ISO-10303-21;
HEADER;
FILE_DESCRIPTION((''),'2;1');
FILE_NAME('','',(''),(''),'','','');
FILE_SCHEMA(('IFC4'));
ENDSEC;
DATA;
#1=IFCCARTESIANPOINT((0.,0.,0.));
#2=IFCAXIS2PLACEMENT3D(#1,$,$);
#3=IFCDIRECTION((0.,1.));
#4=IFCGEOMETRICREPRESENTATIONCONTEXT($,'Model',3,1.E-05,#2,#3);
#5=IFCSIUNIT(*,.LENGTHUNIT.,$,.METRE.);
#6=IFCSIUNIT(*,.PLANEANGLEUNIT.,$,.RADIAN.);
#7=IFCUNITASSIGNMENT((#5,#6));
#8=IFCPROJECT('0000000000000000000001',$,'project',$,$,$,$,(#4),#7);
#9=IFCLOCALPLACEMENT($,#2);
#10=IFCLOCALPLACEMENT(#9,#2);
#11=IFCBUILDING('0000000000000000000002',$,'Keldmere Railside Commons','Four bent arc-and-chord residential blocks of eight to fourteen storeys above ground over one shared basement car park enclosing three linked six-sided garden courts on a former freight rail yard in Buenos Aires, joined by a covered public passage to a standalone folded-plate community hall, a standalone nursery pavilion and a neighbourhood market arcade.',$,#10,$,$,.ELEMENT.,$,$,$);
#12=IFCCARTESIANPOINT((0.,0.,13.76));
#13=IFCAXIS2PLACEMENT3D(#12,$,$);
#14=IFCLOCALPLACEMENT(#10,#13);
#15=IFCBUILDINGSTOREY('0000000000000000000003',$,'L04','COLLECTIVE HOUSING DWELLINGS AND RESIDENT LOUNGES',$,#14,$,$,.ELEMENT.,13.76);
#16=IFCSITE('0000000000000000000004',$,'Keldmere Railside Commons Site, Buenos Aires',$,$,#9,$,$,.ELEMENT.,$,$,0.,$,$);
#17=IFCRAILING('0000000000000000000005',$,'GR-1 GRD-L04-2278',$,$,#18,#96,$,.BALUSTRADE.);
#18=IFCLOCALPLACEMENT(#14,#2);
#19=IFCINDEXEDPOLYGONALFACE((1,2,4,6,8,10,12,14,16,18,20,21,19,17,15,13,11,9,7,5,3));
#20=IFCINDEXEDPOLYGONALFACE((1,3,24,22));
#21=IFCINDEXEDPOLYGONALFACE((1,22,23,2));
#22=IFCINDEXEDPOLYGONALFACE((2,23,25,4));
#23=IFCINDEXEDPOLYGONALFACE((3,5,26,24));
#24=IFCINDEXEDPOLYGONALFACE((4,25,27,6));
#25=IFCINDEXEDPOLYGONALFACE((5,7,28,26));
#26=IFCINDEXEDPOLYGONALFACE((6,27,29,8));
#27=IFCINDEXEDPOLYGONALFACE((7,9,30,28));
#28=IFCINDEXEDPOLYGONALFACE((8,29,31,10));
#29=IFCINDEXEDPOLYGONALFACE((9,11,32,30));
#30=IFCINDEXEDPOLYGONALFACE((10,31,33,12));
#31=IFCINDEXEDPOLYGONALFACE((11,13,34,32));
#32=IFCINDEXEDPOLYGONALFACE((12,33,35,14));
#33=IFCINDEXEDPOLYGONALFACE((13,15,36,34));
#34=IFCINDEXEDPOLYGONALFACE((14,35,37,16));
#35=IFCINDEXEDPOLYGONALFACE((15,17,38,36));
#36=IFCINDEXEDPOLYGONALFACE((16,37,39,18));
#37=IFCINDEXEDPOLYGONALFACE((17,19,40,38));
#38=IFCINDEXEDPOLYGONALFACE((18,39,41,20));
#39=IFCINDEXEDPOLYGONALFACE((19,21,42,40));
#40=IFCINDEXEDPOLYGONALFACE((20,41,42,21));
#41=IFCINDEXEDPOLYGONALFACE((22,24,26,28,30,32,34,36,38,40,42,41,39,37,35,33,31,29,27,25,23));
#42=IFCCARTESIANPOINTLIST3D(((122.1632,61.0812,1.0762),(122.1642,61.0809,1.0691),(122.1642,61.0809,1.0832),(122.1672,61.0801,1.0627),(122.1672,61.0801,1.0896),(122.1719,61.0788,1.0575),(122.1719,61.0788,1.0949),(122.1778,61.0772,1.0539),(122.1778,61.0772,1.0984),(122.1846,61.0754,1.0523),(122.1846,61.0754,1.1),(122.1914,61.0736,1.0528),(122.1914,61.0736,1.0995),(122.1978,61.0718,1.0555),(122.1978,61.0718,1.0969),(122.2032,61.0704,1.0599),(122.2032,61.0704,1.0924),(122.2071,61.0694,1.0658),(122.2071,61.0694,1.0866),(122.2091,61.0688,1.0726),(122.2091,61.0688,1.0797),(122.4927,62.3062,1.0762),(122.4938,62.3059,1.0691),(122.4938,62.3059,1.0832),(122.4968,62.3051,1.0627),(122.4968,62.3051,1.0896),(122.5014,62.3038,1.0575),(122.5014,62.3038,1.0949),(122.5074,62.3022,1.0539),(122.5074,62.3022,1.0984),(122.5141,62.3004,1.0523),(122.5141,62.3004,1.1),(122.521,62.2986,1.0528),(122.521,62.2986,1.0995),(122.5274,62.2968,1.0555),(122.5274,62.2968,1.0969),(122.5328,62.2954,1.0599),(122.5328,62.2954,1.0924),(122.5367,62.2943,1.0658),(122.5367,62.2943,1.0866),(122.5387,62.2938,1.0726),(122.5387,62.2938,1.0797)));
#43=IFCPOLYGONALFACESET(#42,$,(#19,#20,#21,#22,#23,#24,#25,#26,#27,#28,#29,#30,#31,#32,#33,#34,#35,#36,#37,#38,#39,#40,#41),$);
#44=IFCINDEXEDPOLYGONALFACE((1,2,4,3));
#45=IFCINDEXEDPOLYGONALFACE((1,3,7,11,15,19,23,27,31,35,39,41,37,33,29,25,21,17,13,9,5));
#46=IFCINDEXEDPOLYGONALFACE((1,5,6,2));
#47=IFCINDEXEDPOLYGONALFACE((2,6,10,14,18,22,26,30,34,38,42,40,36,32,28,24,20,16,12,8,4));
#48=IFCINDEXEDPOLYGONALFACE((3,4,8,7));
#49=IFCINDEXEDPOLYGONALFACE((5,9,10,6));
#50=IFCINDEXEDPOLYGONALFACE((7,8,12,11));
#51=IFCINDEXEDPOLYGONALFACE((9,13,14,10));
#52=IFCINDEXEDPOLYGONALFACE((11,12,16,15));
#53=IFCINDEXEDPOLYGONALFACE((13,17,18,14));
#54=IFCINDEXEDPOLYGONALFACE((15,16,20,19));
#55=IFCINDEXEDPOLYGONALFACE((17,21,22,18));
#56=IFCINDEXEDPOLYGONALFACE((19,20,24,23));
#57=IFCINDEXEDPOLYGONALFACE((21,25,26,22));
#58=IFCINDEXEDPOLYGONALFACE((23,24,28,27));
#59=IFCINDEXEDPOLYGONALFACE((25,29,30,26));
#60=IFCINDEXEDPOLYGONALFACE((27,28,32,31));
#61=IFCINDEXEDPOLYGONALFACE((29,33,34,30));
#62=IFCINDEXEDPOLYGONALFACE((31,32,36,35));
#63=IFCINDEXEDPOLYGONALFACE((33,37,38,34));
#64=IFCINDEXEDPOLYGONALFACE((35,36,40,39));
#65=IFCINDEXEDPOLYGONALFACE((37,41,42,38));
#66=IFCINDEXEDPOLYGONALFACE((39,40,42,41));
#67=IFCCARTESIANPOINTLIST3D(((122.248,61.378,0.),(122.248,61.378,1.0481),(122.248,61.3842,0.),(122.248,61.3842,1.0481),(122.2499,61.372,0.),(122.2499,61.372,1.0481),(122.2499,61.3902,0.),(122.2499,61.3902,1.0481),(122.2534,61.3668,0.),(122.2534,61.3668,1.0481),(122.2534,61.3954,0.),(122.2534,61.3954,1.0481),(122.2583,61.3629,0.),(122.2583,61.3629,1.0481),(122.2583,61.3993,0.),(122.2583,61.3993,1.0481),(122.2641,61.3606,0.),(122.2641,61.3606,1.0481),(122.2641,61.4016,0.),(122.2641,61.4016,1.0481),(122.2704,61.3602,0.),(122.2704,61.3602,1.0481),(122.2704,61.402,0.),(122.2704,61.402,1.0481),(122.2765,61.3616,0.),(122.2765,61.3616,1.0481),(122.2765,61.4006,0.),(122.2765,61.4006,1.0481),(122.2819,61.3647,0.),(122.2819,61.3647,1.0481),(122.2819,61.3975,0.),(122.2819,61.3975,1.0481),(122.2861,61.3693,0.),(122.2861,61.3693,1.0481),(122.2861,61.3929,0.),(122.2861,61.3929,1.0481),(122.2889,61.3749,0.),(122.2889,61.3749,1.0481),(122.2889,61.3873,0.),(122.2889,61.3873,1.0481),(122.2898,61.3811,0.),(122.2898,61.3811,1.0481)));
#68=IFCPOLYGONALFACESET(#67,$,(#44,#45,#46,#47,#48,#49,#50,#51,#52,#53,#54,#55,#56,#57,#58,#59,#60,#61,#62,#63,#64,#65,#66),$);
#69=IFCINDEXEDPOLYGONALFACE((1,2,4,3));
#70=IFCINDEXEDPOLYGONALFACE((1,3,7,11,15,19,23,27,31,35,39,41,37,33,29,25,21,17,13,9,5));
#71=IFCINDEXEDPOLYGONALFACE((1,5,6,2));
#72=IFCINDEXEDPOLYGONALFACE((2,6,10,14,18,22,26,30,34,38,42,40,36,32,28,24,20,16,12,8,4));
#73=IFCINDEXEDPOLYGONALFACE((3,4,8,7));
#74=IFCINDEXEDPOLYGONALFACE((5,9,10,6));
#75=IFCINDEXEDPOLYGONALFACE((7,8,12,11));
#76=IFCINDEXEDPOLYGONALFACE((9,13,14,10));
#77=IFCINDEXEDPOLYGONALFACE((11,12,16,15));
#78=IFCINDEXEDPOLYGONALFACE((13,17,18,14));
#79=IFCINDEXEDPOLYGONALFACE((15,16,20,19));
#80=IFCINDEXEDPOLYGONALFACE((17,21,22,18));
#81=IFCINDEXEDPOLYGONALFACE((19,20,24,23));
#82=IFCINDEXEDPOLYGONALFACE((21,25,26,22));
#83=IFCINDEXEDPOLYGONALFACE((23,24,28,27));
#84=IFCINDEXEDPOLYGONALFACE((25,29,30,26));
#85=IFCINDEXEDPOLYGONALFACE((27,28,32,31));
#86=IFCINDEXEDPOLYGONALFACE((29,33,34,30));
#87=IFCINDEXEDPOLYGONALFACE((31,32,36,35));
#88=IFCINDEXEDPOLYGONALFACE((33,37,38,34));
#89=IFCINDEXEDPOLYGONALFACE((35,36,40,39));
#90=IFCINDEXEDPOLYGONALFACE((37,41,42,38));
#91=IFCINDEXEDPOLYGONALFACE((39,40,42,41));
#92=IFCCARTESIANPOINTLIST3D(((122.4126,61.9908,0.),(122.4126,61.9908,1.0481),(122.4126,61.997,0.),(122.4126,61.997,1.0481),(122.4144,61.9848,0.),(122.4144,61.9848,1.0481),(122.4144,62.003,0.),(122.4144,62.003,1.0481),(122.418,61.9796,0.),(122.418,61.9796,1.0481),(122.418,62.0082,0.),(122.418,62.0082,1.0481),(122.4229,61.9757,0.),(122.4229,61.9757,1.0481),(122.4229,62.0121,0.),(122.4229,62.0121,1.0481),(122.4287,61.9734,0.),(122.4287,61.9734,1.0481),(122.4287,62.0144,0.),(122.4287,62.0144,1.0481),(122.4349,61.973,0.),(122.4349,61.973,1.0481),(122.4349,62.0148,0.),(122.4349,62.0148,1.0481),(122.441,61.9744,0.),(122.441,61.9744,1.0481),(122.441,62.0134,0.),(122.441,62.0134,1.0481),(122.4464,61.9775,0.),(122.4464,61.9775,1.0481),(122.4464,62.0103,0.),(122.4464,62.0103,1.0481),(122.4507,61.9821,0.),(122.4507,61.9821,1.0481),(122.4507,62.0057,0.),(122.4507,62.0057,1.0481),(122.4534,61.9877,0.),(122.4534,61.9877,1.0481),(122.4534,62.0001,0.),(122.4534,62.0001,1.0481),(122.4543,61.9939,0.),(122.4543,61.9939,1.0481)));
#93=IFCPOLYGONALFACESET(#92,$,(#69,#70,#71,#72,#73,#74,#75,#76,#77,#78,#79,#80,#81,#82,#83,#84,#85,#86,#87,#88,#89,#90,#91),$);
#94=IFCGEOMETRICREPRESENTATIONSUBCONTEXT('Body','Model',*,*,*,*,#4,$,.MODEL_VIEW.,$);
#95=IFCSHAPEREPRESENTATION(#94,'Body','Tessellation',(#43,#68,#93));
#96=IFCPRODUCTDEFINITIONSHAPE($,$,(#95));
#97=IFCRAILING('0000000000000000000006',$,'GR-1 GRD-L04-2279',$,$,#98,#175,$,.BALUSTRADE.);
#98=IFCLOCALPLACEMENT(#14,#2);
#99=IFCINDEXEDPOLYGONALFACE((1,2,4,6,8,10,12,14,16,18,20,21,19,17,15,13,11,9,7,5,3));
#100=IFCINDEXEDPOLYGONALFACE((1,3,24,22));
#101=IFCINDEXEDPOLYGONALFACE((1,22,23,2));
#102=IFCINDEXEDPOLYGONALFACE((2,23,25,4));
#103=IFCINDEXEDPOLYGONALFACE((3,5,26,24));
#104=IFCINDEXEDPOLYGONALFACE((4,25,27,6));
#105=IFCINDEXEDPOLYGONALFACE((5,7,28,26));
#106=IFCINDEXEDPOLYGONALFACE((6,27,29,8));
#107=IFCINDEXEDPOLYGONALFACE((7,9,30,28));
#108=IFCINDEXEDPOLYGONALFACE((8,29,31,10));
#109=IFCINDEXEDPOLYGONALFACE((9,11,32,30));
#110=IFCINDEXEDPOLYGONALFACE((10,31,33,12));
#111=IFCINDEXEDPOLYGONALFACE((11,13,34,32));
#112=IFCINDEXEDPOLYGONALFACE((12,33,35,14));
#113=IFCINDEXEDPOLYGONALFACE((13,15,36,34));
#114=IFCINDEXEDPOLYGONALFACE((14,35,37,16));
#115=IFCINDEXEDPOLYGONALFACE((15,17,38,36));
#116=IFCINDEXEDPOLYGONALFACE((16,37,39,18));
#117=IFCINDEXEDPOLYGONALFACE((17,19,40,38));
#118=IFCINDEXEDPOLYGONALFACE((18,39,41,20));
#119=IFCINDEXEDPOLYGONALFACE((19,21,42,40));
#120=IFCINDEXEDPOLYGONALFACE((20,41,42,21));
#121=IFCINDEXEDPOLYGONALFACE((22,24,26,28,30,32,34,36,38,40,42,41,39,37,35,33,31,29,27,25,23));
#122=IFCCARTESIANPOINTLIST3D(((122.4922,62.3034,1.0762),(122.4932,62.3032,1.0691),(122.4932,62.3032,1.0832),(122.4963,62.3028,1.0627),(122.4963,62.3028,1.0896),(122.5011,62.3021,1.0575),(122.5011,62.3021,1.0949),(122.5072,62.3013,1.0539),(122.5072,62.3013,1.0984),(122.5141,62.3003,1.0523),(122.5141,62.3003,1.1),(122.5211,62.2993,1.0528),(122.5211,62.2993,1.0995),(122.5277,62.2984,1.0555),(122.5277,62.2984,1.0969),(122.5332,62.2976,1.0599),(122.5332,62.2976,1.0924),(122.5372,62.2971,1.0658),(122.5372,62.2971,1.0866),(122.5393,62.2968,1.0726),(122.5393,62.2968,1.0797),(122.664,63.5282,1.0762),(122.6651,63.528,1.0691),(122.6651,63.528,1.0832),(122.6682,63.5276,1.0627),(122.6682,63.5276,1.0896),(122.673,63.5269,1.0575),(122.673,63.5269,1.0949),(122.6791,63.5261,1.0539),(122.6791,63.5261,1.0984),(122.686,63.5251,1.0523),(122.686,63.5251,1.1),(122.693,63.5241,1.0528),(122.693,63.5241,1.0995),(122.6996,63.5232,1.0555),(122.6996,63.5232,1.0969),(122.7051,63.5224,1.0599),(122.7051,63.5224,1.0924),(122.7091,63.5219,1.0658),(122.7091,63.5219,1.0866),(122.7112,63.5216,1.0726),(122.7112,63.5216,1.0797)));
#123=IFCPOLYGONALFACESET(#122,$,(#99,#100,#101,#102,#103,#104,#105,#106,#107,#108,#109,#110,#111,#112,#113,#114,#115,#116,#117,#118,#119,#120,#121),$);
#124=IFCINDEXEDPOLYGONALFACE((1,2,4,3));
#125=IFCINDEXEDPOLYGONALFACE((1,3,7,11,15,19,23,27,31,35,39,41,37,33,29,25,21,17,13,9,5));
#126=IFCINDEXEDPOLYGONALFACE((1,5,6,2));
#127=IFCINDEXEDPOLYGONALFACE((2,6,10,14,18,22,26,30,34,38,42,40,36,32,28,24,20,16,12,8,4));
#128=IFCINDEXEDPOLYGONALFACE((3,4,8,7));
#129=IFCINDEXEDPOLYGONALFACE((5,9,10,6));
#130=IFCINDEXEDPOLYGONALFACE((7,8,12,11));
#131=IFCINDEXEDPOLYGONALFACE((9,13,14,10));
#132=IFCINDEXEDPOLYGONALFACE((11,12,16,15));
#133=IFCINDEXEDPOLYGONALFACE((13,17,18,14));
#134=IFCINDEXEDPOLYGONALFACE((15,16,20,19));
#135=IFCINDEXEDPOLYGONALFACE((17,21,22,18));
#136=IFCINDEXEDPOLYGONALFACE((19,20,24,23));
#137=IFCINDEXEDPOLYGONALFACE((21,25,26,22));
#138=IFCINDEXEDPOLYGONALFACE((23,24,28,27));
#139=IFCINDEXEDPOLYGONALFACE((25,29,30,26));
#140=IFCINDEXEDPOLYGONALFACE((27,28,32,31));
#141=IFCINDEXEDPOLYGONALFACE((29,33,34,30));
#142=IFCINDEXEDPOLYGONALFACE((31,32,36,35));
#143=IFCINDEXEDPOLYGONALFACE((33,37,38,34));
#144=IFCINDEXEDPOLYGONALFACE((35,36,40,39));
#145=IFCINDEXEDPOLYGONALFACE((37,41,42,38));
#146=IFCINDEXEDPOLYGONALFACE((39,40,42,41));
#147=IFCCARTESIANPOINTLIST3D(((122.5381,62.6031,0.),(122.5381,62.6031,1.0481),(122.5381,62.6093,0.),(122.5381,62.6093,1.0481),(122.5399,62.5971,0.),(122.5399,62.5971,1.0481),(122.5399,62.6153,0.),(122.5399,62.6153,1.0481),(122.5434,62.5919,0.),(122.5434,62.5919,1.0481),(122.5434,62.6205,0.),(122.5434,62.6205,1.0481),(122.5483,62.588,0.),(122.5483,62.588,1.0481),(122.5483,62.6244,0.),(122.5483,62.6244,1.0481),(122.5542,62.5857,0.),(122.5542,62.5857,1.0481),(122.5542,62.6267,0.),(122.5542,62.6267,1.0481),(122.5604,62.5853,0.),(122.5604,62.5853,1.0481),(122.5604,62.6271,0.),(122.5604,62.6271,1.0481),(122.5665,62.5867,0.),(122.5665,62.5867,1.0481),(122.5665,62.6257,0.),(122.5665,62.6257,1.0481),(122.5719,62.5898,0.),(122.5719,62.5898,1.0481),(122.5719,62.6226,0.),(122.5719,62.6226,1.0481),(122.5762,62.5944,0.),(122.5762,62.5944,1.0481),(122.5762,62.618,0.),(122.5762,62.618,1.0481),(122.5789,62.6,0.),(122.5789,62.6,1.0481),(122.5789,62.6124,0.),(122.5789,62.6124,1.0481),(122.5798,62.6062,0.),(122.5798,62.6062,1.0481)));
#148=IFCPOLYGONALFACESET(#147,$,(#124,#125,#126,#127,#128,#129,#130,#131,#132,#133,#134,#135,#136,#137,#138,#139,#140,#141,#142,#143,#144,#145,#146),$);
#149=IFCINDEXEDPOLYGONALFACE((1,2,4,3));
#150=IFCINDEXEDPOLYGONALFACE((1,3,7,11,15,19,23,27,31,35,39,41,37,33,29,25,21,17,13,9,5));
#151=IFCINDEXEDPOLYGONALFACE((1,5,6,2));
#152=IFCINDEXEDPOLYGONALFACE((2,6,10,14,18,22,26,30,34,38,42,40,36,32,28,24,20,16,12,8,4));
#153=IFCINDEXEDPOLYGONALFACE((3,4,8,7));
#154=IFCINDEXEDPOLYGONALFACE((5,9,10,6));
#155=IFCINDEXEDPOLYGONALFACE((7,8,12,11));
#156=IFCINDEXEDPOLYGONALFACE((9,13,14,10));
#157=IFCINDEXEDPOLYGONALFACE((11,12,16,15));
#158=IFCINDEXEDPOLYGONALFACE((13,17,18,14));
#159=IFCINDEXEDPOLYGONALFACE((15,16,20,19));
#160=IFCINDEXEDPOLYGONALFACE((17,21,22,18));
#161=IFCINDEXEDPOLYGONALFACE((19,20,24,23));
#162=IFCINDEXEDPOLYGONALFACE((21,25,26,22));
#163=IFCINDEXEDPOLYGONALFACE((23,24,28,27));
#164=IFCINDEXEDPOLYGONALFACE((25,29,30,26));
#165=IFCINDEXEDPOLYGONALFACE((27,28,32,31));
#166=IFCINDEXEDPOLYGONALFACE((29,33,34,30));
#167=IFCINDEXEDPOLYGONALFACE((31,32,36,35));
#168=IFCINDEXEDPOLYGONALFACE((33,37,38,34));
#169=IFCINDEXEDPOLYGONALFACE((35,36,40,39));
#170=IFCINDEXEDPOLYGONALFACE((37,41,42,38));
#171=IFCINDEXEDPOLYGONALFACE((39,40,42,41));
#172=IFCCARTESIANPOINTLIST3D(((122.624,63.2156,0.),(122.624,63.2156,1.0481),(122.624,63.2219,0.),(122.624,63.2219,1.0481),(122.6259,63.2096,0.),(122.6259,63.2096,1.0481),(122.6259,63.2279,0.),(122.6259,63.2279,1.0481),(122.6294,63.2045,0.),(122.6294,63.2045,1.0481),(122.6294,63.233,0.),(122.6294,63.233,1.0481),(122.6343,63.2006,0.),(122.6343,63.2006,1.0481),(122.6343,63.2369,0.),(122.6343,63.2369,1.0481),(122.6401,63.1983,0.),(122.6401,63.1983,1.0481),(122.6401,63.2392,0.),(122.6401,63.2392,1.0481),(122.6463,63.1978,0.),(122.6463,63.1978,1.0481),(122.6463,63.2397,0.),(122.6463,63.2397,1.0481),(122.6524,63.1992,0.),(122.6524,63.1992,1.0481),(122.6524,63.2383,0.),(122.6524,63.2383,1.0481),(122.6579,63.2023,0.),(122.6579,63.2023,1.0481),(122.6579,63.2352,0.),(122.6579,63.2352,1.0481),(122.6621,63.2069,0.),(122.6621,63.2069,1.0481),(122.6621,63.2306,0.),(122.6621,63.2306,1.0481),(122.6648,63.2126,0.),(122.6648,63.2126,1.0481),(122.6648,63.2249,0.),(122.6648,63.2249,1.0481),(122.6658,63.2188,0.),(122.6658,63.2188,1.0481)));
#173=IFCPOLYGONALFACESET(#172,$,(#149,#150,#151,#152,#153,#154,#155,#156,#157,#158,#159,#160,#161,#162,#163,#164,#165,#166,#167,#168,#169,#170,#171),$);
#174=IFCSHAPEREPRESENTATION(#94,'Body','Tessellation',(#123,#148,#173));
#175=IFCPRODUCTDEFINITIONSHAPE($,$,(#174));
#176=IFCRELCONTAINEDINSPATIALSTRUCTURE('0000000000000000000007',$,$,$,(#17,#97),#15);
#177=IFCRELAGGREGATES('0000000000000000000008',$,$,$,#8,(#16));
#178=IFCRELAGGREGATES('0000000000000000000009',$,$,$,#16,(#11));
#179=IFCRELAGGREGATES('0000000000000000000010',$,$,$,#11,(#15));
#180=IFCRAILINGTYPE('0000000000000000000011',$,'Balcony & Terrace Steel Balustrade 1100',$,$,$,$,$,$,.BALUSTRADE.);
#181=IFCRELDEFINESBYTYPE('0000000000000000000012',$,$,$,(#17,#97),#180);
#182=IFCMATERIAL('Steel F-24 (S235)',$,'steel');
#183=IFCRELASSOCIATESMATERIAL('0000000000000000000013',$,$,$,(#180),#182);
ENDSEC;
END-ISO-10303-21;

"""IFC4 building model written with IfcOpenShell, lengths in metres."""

from ifc_helpers import new_model, si_unit, direction, frame, origin, origin_2d, place, context, subcontext, project, spatial, circle, extrude, material, type_object, element, save


model = new_model("IFC4")

# Units and contexts
model_context = context("Model", 3, precision=1e-05, world=origin(), true_north=direction((0.0, 1.0)))
body_context = subcontext(model_context, "Body", "Model", "MODEL_VIEW")
ifc_project = project(units=[si_unit("LENGTHUNIT", "METRE"), si_unit("PLANEANGLEUNIT", "RADIAN")], contexts=[model_context])

# Site, building, storey
site_placement = place(None, origin())
site = spatial("IfcSite", under=ifc_project, at=site_placement, Name="Keldmere Railside Commons Site, Buenos Aires", CompositionType="ELEMENT", RefElevation=0.0)
building_placement = place(site_placement, origin())
building = spatial("IfcBuilding", under=site, at=building_placement, Name="Keldmere Railside Commons", Description="Four bent arc-and-chord residential blocks of eight to fourteen storeys above ground over one shared basement car park enclosing three linked six-sided garden courts on a former freight rail yard in Buenos Aires, joined by a covered public passage to a standalone folded-plate community hall, a standalone nursery pavilion and a neighbourhood market arcade.", CompositionType="ELEMENT")
storey_placement = place(building_placement, frame((0.0, 0.0, 13.76)))
storey = spatial("IfcBuildingStorey", under=building, at=storey_placement, Name="L04", Description="COLLECTIVE HOUSING DWELLINGS AND RESIDENT LOUNGES", CompositionType="ELEMENT", Elevation=13.76)

# Railings
ifc_material_1 = material(Name="Steel F-24 (S235)", Category="steel")
railing_type = type_object("IfcRailingType", Name="Balcony & Terrace Steel Balustrade 1100", PredefinedType="BALUSTRADE", material=ifc_material_1)
railing_1_placement = place(storey_placement, frame((122.1863, 61.075, 0.0)))
element("IfcRailing", 1, at=railing_1_placement, inside=storey, type_object=railing_type, Name="GR-1 GRD-L04-2278", PredefinedType="BALUSTRADE", context=body_context, shape_type="SweptSolid", body=[
    extrude(circle(Radius=0.0239, at=origin_2d()), frame((0.0, 0.0, 1.0762), z_axis=(0.259794, 0.965664, 0.0), x_axis=(-0.965664, 0.259794, 0.0)), (0.0, 0.0, 1.0), 1.2686),
    extrude(circle(Radius=0.021, at=origin_2d()), frame((0.0825, 0.3062, 0.0)), (0.0, 0.0, 1.0), 1.0481),
    extrude(circle(Radius=0.021, at=origin_2d()), frame((0.2471, 0.9189, 0.0)), (0.0, 0.0, 1.0), 1.0481),
])
railing_2_placement = place(storey_placement, frame((122.5159, 62.3, 0.0)))
element("IfcRailing", 2, at=railing_2_placement, inside=storey, type_object=railing_type, Name="GR-1 GRD-L04-2279", PredefinedType="BALUSTRADE", context=body_context, shape_type="SweptSolid", body=[
    extrude(circle(Radius=0.0239, at=origin_2d()), frame((0.0, 0.0, 1.0762), z_axis=(0.138961, 0.990298, 0.0), x_axis=(-0.990298, 0.138961, 0.0)), (0.0, 0.0, 1.0), 1.2368),
    extrude(circle(Radius=0.021, at=origin_2d()), frame((0.043, 0.3062, 0.0)), (0.0, 0.0, 1.0), 1.0481),
    extrude(circle(Radius=0.021, at=origin_2d()), frame((0.1289, 0.9187, 0.0)), (0.0, 0.0, 1.0), 1.0481),
])

save(model, "model.ifc")
